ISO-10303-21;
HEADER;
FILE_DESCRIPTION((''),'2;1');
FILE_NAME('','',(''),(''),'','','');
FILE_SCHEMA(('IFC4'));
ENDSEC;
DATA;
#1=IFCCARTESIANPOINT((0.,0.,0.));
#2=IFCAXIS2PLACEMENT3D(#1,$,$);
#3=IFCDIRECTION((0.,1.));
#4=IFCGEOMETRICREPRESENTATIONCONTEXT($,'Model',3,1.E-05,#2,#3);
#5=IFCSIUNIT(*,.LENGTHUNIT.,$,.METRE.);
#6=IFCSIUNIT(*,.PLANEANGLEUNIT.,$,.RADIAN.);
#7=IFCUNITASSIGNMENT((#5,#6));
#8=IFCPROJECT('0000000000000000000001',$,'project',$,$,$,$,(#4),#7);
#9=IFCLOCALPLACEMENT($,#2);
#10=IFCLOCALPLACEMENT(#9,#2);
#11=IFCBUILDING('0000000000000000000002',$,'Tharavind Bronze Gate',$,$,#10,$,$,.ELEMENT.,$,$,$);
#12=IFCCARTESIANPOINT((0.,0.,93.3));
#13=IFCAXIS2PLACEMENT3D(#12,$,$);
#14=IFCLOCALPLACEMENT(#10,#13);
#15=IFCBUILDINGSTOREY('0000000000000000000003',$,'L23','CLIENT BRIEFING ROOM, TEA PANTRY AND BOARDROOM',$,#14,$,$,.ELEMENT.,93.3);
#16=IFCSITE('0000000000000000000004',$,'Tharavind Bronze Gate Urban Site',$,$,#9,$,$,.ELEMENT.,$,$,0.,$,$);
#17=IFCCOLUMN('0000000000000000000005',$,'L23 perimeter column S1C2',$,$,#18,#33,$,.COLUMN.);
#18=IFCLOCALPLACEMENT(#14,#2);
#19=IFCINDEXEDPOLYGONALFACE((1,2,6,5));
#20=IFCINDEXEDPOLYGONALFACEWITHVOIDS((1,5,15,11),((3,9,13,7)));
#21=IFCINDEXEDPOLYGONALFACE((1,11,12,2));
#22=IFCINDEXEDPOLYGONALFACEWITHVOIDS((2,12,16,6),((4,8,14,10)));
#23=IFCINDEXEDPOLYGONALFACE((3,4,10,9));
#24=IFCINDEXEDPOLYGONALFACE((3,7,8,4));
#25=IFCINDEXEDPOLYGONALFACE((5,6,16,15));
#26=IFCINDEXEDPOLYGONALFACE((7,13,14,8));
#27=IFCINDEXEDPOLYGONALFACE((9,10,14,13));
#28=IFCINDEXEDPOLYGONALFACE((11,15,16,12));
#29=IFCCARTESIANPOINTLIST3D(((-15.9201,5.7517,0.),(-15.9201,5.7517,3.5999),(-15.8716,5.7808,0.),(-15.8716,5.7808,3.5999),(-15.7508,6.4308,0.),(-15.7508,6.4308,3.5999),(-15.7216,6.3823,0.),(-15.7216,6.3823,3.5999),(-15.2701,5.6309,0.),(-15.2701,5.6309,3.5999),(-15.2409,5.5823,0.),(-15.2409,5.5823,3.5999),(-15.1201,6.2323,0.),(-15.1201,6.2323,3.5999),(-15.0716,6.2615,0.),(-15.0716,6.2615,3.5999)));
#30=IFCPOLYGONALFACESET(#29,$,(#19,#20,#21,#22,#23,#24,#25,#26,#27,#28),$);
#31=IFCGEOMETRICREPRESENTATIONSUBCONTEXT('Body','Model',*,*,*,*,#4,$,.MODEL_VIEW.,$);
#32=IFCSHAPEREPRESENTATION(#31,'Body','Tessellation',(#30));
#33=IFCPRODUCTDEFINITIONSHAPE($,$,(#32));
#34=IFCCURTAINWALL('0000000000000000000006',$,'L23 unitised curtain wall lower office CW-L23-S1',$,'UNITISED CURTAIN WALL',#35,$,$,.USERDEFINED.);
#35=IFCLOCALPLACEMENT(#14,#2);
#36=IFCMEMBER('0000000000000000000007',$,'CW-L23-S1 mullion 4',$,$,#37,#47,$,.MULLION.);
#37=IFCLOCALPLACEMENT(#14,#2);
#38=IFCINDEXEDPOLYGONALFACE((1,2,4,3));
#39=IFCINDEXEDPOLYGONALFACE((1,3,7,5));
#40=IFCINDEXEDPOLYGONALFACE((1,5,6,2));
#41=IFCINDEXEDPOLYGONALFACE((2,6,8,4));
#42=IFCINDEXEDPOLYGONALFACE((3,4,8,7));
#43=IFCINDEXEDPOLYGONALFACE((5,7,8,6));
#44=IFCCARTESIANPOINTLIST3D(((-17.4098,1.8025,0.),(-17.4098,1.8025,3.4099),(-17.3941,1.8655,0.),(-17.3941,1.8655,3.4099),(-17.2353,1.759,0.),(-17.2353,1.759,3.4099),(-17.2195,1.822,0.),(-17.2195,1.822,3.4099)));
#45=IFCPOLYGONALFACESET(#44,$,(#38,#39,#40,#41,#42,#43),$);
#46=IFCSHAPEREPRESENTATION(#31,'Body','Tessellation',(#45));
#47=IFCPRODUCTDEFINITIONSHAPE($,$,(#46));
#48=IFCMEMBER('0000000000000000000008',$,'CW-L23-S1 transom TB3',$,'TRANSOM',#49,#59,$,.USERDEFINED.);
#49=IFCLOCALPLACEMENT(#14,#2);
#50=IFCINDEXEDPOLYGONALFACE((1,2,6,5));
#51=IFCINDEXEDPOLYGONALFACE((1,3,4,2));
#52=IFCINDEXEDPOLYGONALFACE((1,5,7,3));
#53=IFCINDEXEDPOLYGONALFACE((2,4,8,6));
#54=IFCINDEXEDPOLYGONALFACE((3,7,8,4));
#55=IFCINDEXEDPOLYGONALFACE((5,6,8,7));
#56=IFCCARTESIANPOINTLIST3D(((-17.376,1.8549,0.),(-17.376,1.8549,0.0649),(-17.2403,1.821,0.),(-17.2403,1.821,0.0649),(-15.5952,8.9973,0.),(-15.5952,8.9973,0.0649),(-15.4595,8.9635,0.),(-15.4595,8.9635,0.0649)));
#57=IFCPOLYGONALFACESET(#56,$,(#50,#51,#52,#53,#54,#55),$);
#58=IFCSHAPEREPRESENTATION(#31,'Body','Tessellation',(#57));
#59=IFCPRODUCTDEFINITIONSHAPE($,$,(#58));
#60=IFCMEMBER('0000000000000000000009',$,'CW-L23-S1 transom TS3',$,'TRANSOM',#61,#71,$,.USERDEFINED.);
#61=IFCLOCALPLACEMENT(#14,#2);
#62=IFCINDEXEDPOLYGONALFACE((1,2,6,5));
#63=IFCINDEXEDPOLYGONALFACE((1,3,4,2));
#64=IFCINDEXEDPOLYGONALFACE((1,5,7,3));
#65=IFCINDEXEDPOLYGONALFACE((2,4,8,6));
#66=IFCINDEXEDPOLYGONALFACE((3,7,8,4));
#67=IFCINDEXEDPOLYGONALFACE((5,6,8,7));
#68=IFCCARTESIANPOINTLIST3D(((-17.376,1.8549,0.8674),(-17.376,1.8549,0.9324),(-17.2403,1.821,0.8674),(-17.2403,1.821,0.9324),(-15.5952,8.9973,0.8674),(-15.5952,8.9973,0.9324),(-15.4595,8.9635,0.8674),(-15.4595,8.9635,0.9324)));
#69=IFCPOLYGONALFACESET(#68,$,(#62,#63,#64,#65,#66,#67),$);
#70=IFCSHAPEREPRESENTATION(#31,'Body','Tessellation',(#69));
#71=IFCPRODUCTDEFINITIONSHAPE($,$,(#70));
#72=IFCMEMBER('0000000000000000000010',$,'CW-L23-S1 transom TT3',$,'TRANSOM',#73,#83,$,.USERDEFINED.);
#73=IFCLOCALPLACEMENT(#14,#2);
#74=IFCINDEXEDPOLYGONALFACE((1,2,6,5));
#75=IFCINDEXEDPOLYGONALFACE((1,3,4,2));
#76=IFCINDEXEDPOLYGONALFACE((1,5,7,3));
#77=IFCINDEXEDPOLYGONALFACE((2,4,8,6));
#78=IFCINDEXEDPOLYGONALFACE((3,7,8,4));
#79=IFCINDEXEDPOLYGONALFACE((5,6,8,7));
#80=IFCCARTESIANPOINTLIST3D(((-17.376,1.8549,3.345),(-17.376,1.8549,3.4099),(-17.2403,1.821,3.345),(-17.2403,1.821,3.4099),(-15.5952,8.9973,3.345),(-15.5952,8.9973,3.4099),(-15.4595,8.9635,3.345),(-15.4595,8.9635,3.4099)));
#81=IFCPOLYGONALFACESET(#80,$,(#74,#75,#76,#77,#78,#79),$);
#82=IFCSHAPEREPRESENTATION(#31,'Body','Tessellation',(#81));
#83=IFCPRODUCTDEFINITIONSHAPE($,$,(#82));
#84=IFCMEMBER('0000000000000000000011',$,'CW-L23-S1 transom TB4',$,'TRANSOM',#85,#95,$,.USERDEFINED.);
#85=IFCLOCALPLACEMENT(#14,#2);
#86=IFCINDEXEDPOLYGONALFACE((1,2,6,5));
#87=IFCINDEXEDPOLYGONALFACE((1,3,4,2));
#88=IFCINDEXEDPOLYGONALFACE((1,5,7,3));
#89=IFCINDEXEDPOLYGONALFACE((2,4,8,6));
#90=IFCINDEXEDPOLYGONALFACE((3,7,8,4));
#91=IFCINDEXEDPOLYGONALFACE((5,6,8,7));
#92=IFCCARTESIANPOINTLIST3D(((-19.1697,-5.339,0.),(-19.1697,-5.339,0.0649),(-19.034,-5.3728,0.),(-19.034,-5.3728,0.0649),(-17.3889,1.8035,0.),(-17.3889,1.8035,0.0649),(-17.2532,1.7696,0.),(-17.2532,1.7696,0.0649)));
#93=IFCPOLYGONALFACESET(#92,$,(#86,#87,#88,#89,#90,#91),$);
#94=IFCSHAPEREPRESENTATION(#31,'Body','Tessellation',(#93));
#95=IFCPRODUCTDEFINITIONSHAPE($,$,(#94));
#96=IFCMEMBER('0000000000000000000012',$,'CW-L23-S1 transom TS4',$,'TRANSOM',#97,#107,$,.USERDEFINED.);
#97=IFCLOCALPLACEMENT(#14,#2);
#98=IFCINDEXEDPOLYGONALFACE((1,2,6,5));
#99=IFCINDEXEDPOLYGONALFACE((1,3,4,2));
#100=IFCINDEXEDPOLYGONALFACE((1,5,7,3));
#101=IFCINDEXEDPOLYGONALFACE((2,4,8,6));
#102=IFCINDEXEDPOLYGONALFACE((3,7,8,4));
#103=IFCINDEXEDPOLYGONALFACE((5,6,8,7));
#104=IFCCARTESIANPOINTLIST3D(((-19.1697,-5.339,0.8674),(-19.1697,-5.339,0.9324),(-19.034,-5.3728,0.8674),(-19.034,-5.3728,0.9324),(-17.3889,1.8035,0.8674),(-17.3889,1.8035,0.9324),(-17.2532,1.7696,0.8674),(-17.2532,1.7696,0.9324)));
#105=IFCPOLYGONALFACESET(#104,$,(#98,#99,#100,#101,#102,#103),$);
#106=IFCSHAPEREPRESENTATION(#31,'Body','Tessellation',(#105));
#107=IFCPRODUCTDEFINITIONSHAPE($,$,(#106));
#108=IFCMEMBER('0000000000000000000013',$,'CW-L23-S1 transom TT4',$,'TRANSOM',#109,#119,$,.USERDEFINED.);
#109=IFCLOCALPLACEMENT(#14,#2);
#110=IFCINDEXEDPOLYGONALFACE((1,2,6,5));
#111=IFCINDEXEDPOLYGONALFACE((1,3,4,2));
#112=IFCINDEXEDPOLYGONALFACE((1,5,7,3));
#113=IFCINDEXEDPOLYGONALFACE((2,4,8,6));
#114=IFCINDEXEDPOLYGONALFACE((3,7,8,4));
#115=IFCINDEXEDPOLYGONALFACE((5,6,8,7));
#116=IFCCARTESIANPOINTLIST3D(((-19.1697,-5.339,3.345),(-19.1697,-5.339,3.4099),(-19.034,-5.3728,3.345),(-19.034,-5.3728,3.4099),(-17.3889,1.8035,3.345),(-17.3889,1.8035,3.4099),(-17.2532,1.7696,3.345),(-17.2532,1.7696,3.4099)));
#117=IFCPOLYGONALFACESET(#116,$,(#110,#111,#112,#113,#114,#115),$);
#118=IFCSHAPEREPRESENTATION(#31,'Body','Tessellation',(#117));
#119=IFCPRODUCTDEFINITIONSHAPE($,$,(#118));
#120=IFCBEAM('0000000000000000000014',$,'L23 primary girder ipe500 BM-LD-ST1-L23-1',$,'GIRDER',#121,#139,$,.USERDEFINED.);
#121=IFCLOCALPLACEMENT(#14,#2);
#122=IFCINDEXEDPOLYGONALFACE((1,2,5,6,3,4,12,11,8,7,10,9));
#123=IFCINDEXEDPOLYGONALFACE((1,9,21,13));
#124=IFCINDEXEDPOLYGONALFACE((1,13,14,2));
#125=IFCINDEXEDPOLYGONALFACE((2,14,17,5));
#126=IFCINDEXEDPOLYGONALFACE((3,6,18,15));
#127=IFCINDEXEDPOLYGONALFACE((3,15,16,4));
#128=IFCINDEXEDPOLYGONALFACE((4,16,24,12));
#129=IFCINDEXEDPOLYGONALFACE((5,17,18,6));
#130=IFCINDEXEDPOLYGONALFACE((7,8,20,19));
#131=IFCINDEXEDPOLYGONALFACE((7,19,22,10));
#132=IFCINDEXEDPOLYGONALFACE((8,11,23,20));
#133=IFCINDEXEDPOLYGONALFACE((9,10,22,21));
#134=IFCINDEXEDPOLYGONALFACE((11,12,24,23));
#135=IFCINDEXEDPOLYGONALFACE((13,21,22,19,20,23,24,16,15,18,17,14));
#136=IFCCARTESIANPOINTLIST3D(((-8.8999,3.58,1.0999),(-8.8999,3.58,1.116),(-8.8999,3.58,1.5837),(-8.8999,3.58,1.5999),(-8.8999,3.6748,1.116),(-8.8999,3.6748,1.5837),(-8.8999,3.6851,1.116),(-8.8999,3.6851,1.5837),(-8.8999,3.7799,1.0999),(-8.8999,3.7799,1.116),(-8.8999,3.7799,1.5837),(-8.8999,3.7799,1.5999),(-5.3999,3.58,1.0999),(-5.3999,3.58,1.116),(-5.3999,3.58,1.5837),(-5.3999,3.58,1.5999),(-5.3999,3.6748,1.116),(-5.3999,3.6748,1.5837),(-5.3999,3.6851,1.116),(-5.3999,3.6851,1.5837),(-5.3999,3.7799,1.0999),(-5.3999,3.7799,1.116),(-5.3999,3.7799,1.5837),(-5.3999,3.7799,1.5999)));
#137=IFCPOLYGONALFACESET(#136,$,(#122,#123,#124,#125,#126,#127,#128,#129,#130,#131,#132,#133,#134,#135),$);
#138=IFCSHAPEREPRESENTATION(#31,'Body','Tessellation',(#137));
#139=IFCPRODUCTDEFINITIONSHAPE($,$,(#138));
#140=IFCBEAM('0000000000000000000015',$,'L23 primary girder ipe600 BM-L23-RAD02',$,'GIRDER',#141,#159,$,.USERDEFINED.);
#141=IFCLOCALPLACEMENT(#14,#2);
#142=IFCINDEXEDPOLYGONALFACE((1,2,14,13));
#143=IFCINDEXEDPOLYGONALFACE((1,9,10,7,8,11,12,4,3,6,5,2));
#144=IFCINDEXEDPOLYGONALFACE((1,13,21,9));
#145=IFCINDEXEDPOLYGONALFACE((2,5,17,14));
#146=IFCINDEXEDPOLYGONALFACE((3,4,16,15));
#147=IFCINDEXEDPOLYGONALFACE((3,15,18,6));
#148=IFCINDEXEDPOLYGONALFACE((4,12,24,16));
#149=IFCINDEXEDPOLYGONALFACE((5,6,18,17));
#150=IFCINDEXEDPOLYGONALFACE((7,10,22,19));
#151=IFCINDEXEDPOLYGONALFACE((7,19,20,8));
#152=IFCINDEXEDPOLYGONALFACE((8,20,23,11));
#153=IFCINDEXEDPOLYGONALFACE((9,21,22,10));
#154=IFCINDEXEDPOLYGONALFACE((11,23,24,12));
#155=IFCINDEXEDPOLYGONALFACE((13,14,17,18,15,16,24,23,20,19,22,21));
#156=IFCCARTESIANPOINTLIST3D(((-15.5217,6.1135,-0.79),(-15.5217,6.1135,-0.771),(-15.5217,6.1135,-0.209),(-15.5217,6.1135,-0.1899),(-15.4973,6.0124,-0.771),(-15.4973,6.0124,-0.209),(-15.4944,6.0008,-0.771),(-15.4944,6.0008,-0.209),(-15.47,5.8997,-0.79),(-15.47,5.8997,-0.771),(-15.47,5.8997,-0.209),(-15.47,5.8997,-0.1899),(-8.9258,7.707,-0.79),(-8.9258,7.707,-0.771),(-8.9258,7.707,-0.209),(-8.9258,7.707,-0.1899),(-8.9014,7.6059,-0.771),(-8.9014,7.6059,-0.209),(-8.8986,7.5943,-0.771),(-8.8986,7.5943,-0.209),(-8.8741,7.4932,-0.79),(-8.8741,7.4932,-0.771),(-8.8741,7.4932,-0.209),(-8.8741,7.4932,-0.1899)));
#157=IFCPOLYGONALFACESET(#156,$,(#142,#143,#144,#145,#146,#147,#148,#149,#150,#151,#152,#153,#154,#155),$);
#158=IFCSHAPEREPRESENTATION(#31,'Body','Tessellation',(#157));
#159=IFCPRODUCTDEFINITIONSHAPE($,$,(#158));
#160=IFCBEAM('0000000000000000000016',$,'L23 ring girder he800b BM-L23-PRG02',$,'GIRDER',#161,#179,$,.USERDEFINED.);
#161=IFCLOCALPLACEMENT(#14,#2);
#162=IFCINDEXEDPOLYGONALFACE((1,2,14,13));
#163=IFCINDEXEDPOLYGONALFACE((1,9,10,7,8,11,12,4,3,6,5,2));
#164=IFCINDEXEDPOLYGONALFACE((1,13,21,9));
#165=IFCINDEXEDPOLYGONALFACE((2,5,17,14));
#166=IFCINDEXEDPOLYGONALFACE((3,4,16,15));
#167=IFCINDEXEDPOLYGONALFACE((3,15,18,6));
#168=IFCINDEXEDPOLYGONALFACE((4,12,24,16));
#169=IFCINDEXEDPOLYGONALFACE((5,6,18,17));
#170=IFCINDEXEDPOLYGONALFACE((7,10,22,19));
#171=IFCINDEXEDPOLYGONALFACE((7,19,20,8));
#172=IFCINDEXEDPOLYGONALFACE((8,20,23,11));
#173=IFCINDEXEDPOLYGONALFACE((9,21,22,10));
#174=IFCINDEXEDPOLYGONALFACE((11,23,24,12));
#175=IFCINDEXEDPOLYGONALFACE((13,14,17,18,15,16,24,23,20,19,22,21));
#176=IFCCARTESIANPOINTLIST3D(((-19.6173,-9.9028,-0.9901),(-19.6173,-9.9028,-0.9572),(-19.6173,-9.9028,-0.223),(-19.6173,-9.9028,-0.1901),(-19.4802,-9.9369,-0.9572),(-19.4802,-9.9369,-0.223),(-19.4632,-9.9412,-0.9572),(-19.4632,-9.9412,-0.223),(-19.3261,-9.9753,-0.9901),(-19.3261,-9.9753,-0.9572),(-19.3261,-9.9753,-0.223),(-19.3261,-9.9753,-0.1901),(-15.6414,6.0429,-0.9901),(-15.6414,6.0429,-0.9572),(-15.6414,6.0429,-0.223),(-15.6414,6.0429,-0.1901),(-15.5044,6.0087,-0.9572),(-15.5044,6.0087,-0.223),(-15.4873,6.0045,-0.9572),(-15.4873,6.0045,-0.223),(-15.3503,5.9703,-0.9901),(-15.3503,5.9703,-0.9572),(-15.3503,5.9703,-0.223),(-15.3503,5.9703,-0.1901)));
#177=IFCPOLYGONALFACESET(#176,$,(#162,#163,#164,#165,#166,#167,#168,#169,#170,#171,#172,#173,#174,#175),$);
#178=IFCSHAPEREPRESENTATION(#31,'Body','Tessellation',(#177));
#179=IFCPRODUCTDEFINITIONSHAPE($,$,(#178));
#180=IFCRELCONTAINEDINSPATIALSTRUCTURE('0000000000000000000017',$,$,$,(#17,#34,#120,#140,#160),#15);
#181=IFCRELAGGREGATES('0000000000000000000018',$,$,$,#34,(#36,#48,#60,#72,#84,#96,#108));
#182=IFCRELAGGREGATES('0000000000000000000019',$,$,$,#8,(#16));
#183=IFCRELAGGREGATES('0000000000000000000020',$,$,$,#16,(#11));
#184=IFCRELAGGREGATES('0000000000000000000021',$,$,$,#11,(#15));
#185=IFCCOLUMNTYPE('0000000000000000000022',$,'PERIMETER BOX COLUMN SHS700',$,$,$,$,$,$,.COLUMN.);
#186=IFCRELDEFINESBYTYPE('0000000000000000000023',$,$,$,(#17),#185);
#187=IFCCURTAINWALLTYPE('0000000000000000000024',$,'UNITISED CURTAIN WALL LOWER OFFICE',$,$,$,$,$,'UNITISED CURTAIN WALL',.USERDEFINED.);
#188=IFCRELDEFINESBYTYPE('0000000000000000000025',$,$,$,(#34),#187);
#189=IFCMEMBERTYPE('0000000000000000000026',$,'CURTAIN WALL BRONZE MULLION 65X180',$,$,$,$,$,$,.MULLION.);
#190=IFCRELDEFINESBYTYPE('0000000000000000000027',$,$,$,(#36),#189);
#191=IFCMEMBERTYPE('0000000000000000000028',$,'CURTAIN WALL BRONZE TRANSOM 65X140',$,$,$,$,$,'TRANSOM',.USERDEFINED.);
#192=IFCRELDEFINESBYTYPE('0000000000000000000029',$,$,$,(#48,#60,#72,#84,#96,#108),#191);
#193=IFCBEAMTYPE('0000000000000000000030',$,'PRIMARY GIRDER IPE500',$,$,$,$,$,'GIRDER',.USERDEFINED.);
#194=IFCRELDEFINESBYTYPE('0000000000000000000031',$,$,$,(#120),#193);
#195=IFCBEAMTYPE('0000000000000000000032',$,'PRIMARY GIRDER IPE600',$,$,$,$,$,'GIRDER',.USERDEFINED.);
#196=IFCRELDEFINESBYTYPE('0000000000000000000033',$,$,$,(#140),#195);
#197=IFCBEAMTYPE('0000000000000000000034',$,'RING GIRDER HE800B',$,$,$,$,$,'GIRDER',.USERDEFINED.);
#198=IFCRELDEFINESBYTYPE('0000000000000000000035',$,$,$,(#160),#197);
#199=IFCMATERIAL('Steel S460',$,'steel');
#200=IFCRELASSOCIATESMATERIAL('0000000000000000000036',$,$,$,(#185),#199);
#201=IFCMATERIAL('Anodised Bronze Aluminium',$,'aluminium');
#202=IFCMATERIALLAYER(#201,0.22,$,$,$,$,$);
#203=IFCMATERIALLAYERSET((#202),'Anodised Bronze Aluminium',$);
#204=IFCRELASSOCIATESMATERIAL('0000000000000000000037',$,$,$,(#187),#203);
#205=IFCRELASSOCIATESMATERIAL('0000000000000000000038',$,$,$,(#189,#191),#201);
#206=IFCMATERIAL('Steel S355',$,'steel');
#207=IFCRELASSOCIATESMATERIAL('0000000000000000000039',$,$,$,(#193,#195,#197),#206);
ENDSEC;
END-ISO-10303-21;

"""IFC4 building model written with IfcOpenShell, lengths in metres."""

from ifc_helpers import new_model, si_unit, direction, frame, origin, origin_2d, place, context, subcontext, project, spatial, rectangle, hollow_rectangle, i_section, extrude, material, layer, layer_set, material_profile, profile_set, type_object, element, aggregate, save


model = new_model("IFC4")

# Units and contexts
model_context = context("Model", 3, precision=1e-05, world=origin(), true_north=direction((0.0, 1.0)))
body_context = subcontext(model_context, "Body", "Model", "MODEL_VIEW")
ifc_project = project(units=[si_unit("LENGTHUNIT", "METRE"), si_unit("PLANEANGLEUNIT", "RADIAN")], contexts=[model_context])

# Site, building, storey
site_placement = place(None, origin())
site = spatial("IfcSite", under=ifc_project, at=site_placement, Name="Tharavind Bronze Gate Urban Site", CompositionType="ELEMENT", RefElevation=0.0)
building_placement = place(site_placement, origin())
building = spatial("IfcBuilding", under=site, at=building_placement, Name="Tharavind Bronze Gate", CompositionType="ELEMENT")
storey_placement = place(building_placement, frame((0.0, 0.0, 93.3)))
storey = spatial("IfcBuildingStorey", under=building, at=storey_placement, Name="L23", Description="CLIENT BRIEFING ROOM, TEA PANTRY AND BOARDROOM", CompositionType="ELEMENT", Elevation=93.3)

# Column
ifc_material_1 = material(Name="Steel S460", Category="steel")
ifc_material_profile_1 = material_profile(ifc_material_1, hollow_rectangle(XDim=0.7, YDim=0.7, WallThickness=0.04, at=origin_2d()), Name="SHS700X40")
ifc_profile_set_1 = profile_set([ifc_material_profile_1], Name="Steel S460")
column_type = type_object("IfcColumnType", Name="PERIMETER BOX COLUMN SHS700", PredefinedType="COLUMN", material=ifc_profile_set_1)
column_placement = place(storey_placement, frame((-15.4958, 6.0066, 0.0), z_axis=(0.0, 0.0, 1.0), x_axis=(0.241922, 0.970296, 0.0)))
element("IfcColumn", 1, at=column_placement, inside=storey, type_object=column_type, Name="L23 perimeter column S1C2", PredefinedType="COLUMN", context=body_context, shape_type="SweptSolid", body=[
    extrude(hollow_rectangle(XDim=0.7, YDim=0.7, WallThickness=0.04, at=origin_2d()), origin(), (0.0, 0.0, 1.0), 3.5999),
])

# Curtain wall, members
ifc_material_2 = material(Name="Anodised Bronze Aluminium", Category="aluminium")
ifc_layer_1 = layer(ifc_material_2, 0.22)
ifc_layer_set_1 = layer_set([ifc_layer_1], Name="Anodised Bronze Aluminium")
curtain_wall_type = type_object("IfcCurtainWallType", Name="UNITISED CURTAIN WALL LOWER OFFICE", ElementType="UNITISED CURTAIN WALL", PredefinedType="USERDEFINED", material=ifc_layer_set_1)
curtain_wall_placement = place(storey_placement, origin())
curtain_wall = element("IfcCurtainWall", 2, at=curtain_wall_placement, inside=storey, type_object=curtain_wall_type, Name="L23 unitised curtain wall lower office CW-L23-S1", ObjectType="UNITISED CURTAIN WALL", PredefinedType="USERDEFINED")
member_type_1 = type_object("IfcMemberType", Name="CURTAIN WALL BRONZE MULLION 65X180", PredefinedType="MULLION", material=ifc_material_2)
member_1_placement = place(storey_placement, frame((-17.3147, 1.8123, 0.0), z_axis=(0.0, 0.0, 1.0), x_axis=(-0.241922, -0.970296, 0.0)))
member_1 = element("IfcMember", 3, at=member_1_placement, type_object=member_type_1, Name="CW-L23-S1 mullion 4", PredefinedType="MULLION", context=body_context, shape_type="SweptSolid", body=[
    extrude(rectangle(XDim=0.0649, YDim=0.1799, at=origin_2d()), origin(), (0.0, 0.0, 1.0), 3.4099),
])
member_type_2 = type_object("IfcMemberType", Name="CURTAIN WALL BRONZE TRANSOM 65X140", ElementType="TRANSOM", PredefinedType="USERDEFINED", material=ifc_material_2)
member_2_placement = place(storey_placement, frame((-16.4177, 5.4092, 0.0), z_axis=(0.0, 0.0, 1.0), x_axis=(-0.241922, -0.970296, 0.0)))
member_2 = element("IfcMember", 4, at=member_2_placement, type_object=member_type_2, Name="CW-L23-S1 transom TB3", ObjectType="TRANSOM", PredefinedType="USERDEFINED", context=body_context, shape_type="SweptSolid", body=[
    extrude(rectangle(XDim=7.3611, YDim=0.1399, at=origin_2d()), origin(), (0.0, 0.0, 1.0), 0.0649),
])
member_3_placement = place(storey_placement, frame((-16.4177, 5.4092, 0.8674), z_axis=(0.0, 0.0, 1.0), x_axis=(-0.241922, -0.970296, 0.0)))
member_3 = element("IfcMember", 5, at=member_3_placement, type_object=member_type_2, Name="CW-L23-S1 transom TS3", ObjectType="TRANSOM", PredefinedType="USERDEFINED", context=body_context, shape_type="SweptSolid", body=[
    extrude(rectangle(XDim=7.3611, YDim=0.1399, at=origin_2d()), origin(), (0.0, 0.0, 1.0), 0.0649),
])
member_4_placement = place(storey_placement, frame((-16.4177, 5.4092, 3.345), z_axis=(0.0, 0.0, 1.0), x_axis=(-0.241922, -0.970296, 0.0)))
member_4 = element("IfcMember", 6, at=member_4_placement, type_object=member_type_2, Name="CW-L23-S1 transom TT3", ObjectType="TRANSOM", PredefinedType="USERDEFINED", context=body_context, shape_type="SweptSolid", body=[
    extrude(rectangle(XDim=7.3611, YDim=0.1399, at=origin_2d()), origin(), (0.0, 0.0, 1.0), 0.0649),
])
member_5_placement = place(storey_placement, frame((-18.2114, -1.7847, 0.0), z_axis=(0.0, 0.0, 1.0), x_axis=(-0.241922, -0.970296, 0.0)))
member_5 = element("IfcMember", 7, at=member_5_placement, type_object=member_type_2, Name="CW-L23-S1 transom TB4", ObjectType="TRANSOM", PredefinedType="USERDEFINED", context=body_context, shape_type="SweptSolid", body=[
    extrude(rectangle(XDim=7.3611, YDim=0.1399, at=origin_2d()), origin(), (0.0, 0.0, 1.0), 0.0649),
])
member_6_placement = place(storey_placement, frame((-18.2114, -1.7847, 0.8674), z_axis=(0.0, 0.0, 1.0), x_axis=(-0.241922, -0.970296, 0.0)))
member_6 = element("IfcMember", 8, at=member_6_placement, type_object=member_type_2, Name="CW-L23-S1 transom TS4", ObjectType="TRANSOM", PredefinedType="USERDEFINED", context=body_context, shape_type="SweptSolid", body=[
    extrude(rectangle(XDim=7.3611, YDim=0.1399, at=origin_2d()), origin(), (0.0, 0.0, 1.0), 0.0649),
])
member_7_placement = place(storey_placement, frame((-18.2114, -1.7847, 3.345), z_axis=(0.0, 0.0, 1.0), x_axis=(-0.241922, -0.970296, 0.0)))
member_7 = element("IfcMember", 9, at=member_7_placement, type_object=member_type_2, Name="CW-L23-S1 transom TT4", ObjectType="TRANSOM", PredefinedType="USERDEFINED", context=body_context, shape_type="SweptSolid", body=[
    extrude(rectangle(XDim=7.3611, YDim=0.1399, at=origin_2d()), origin(), (0.0, 0.0, 1.0), 0.0649),
])

# Beams
ifc_material_3 = material(Name="Steel S355", Category="steel")
ifc_material_profile_2 = material_profile(ifc_material_3, i_section(OverallWidth=0.2, OverallDepth=0.5, WebThickness=0.0103, FlangeThickness=0.0161, at=origin_2d()), Name="IPE500")
ifc_profile_set_2 = profile_set([ifc_material_profile_2], Name="Steel S355")
beam_type_1 = type_object("IfcBeamType", Name="PRIMARY GIRDER IPE500", ElementType="GIRDER", PredefinedType="USERDEFINED", material=ifc_profile_set_2)
beam_1_placement = place(storey_placement, frame((-8.8999, 3.6799, 1.3499), z_axis=(1.0, 0.0, 0.0), x_axis=(0.0, 1.0, 0.0)))
element("IfcBeam", 10, at=beam_1_placement, inside=storey, type_object=beam_type_1, Name="L23 primary girder ipe500 BM-LD-ST1-L23-1", ObjectType="GIRDER", PredefinedType="USERDEFINED", context=body_context, shape_type="SweptSolid", body=[
    extrude(i_section(OverallWidth=0.2, OverallDepth=0.5, WebThickness=0.0103, FlangeThickness=0.0161, at=origin_2d()), origin(), (0.0, 0.0, 1.0), 3.5),
])
ifc_material_profile_3 = material_profile(ifc_material_3, i_section(OverallWidth=0.22, OverallDepth=0.6001, WebThickness=0.012, FlangeThickness=0.019, at=origin_2d()), Name="IPE600")
ifc_profile_set_3 = profile_set([ifc_material_profile_3], Name="Steel S355")
beam_type_2 = type_object("IfcBeamType", Name="PRIMARY GIRDER IPE600", ElementType="GIRDER", PredefinedType="USERDEFINED", material=ifc_profile_set_3)
beam_2_placement = place(storey_placement, frame((-15.4958, 6.0066, -0.49), z_axis=(0.972036, 0.234833, 0.0), x_axis=(-0.234833, 0.972036, 0.0)))
element("IfcBeam", 11, at=beam_2_placement, inside=storey, type_object=beam_type_2, Name="L23 primary girder ipe600 BM-L23-RAD02", ObjectType="GIRDER", PredefinedType="USERDEFINED", context=body_context, shape_type="SweptSolid", body=[
    extrude(i_section(OverallWidth=0.22, OverallDepth=0.6001, WebThickness=0.012, FlangeThickness=0.019, at=origin_2d()), origin(), (0.0, 0.0, 1.0), 6.7856),
])
ifc_material_profile_4 = material_profile(ifc_material_3, i_section(OverallWidth=0.3, OverallDepth=0.8, WebThickness=0.0176, FlangeThickness=0.033, at=origin_2d()), Name="HE800B")
ifc_profile_set_4 = profile_set([ifc_material_profile_4], Name="Steel S355")
beam_type_3 = type_object("IfcBeamType", Name="RING GIRDER HE800B", ElementType="GIRDER", PredefinedType="USERDEFINED", material=ifc_profile_set_4)
beam_3_placement = place(storey_placement, frame((-15.4958, 6.0066, -0.5901), z_axis=(-0.241931, -0.970293, 0.0), x_axis=(0.970293, -0.241931, 0.0)))
element("IfcBeam", 12, at=beam_3_placement, inside=storey, type_object=beam_type_3, Name="L23 ring girder he800b BM-L23-PRG02", ObjectType="GIRDER", PredefinedType="USERDEFINED", context=body_context, shape_type="SweptSolid", body=[
    extrude(i_section(OverallWidth=0.3, OverallDepth=0.8, WebThickness=0.0176, FlangeThickness=0.033, at=origin_2d()), origin(), (0.0, 0.0, 1.0), 16.4338),
])

aggregate(curtain_wall, [member_1, member_2, member_3, member_4, member_5, member_6, member_7])

save(model, "model.ifc")
